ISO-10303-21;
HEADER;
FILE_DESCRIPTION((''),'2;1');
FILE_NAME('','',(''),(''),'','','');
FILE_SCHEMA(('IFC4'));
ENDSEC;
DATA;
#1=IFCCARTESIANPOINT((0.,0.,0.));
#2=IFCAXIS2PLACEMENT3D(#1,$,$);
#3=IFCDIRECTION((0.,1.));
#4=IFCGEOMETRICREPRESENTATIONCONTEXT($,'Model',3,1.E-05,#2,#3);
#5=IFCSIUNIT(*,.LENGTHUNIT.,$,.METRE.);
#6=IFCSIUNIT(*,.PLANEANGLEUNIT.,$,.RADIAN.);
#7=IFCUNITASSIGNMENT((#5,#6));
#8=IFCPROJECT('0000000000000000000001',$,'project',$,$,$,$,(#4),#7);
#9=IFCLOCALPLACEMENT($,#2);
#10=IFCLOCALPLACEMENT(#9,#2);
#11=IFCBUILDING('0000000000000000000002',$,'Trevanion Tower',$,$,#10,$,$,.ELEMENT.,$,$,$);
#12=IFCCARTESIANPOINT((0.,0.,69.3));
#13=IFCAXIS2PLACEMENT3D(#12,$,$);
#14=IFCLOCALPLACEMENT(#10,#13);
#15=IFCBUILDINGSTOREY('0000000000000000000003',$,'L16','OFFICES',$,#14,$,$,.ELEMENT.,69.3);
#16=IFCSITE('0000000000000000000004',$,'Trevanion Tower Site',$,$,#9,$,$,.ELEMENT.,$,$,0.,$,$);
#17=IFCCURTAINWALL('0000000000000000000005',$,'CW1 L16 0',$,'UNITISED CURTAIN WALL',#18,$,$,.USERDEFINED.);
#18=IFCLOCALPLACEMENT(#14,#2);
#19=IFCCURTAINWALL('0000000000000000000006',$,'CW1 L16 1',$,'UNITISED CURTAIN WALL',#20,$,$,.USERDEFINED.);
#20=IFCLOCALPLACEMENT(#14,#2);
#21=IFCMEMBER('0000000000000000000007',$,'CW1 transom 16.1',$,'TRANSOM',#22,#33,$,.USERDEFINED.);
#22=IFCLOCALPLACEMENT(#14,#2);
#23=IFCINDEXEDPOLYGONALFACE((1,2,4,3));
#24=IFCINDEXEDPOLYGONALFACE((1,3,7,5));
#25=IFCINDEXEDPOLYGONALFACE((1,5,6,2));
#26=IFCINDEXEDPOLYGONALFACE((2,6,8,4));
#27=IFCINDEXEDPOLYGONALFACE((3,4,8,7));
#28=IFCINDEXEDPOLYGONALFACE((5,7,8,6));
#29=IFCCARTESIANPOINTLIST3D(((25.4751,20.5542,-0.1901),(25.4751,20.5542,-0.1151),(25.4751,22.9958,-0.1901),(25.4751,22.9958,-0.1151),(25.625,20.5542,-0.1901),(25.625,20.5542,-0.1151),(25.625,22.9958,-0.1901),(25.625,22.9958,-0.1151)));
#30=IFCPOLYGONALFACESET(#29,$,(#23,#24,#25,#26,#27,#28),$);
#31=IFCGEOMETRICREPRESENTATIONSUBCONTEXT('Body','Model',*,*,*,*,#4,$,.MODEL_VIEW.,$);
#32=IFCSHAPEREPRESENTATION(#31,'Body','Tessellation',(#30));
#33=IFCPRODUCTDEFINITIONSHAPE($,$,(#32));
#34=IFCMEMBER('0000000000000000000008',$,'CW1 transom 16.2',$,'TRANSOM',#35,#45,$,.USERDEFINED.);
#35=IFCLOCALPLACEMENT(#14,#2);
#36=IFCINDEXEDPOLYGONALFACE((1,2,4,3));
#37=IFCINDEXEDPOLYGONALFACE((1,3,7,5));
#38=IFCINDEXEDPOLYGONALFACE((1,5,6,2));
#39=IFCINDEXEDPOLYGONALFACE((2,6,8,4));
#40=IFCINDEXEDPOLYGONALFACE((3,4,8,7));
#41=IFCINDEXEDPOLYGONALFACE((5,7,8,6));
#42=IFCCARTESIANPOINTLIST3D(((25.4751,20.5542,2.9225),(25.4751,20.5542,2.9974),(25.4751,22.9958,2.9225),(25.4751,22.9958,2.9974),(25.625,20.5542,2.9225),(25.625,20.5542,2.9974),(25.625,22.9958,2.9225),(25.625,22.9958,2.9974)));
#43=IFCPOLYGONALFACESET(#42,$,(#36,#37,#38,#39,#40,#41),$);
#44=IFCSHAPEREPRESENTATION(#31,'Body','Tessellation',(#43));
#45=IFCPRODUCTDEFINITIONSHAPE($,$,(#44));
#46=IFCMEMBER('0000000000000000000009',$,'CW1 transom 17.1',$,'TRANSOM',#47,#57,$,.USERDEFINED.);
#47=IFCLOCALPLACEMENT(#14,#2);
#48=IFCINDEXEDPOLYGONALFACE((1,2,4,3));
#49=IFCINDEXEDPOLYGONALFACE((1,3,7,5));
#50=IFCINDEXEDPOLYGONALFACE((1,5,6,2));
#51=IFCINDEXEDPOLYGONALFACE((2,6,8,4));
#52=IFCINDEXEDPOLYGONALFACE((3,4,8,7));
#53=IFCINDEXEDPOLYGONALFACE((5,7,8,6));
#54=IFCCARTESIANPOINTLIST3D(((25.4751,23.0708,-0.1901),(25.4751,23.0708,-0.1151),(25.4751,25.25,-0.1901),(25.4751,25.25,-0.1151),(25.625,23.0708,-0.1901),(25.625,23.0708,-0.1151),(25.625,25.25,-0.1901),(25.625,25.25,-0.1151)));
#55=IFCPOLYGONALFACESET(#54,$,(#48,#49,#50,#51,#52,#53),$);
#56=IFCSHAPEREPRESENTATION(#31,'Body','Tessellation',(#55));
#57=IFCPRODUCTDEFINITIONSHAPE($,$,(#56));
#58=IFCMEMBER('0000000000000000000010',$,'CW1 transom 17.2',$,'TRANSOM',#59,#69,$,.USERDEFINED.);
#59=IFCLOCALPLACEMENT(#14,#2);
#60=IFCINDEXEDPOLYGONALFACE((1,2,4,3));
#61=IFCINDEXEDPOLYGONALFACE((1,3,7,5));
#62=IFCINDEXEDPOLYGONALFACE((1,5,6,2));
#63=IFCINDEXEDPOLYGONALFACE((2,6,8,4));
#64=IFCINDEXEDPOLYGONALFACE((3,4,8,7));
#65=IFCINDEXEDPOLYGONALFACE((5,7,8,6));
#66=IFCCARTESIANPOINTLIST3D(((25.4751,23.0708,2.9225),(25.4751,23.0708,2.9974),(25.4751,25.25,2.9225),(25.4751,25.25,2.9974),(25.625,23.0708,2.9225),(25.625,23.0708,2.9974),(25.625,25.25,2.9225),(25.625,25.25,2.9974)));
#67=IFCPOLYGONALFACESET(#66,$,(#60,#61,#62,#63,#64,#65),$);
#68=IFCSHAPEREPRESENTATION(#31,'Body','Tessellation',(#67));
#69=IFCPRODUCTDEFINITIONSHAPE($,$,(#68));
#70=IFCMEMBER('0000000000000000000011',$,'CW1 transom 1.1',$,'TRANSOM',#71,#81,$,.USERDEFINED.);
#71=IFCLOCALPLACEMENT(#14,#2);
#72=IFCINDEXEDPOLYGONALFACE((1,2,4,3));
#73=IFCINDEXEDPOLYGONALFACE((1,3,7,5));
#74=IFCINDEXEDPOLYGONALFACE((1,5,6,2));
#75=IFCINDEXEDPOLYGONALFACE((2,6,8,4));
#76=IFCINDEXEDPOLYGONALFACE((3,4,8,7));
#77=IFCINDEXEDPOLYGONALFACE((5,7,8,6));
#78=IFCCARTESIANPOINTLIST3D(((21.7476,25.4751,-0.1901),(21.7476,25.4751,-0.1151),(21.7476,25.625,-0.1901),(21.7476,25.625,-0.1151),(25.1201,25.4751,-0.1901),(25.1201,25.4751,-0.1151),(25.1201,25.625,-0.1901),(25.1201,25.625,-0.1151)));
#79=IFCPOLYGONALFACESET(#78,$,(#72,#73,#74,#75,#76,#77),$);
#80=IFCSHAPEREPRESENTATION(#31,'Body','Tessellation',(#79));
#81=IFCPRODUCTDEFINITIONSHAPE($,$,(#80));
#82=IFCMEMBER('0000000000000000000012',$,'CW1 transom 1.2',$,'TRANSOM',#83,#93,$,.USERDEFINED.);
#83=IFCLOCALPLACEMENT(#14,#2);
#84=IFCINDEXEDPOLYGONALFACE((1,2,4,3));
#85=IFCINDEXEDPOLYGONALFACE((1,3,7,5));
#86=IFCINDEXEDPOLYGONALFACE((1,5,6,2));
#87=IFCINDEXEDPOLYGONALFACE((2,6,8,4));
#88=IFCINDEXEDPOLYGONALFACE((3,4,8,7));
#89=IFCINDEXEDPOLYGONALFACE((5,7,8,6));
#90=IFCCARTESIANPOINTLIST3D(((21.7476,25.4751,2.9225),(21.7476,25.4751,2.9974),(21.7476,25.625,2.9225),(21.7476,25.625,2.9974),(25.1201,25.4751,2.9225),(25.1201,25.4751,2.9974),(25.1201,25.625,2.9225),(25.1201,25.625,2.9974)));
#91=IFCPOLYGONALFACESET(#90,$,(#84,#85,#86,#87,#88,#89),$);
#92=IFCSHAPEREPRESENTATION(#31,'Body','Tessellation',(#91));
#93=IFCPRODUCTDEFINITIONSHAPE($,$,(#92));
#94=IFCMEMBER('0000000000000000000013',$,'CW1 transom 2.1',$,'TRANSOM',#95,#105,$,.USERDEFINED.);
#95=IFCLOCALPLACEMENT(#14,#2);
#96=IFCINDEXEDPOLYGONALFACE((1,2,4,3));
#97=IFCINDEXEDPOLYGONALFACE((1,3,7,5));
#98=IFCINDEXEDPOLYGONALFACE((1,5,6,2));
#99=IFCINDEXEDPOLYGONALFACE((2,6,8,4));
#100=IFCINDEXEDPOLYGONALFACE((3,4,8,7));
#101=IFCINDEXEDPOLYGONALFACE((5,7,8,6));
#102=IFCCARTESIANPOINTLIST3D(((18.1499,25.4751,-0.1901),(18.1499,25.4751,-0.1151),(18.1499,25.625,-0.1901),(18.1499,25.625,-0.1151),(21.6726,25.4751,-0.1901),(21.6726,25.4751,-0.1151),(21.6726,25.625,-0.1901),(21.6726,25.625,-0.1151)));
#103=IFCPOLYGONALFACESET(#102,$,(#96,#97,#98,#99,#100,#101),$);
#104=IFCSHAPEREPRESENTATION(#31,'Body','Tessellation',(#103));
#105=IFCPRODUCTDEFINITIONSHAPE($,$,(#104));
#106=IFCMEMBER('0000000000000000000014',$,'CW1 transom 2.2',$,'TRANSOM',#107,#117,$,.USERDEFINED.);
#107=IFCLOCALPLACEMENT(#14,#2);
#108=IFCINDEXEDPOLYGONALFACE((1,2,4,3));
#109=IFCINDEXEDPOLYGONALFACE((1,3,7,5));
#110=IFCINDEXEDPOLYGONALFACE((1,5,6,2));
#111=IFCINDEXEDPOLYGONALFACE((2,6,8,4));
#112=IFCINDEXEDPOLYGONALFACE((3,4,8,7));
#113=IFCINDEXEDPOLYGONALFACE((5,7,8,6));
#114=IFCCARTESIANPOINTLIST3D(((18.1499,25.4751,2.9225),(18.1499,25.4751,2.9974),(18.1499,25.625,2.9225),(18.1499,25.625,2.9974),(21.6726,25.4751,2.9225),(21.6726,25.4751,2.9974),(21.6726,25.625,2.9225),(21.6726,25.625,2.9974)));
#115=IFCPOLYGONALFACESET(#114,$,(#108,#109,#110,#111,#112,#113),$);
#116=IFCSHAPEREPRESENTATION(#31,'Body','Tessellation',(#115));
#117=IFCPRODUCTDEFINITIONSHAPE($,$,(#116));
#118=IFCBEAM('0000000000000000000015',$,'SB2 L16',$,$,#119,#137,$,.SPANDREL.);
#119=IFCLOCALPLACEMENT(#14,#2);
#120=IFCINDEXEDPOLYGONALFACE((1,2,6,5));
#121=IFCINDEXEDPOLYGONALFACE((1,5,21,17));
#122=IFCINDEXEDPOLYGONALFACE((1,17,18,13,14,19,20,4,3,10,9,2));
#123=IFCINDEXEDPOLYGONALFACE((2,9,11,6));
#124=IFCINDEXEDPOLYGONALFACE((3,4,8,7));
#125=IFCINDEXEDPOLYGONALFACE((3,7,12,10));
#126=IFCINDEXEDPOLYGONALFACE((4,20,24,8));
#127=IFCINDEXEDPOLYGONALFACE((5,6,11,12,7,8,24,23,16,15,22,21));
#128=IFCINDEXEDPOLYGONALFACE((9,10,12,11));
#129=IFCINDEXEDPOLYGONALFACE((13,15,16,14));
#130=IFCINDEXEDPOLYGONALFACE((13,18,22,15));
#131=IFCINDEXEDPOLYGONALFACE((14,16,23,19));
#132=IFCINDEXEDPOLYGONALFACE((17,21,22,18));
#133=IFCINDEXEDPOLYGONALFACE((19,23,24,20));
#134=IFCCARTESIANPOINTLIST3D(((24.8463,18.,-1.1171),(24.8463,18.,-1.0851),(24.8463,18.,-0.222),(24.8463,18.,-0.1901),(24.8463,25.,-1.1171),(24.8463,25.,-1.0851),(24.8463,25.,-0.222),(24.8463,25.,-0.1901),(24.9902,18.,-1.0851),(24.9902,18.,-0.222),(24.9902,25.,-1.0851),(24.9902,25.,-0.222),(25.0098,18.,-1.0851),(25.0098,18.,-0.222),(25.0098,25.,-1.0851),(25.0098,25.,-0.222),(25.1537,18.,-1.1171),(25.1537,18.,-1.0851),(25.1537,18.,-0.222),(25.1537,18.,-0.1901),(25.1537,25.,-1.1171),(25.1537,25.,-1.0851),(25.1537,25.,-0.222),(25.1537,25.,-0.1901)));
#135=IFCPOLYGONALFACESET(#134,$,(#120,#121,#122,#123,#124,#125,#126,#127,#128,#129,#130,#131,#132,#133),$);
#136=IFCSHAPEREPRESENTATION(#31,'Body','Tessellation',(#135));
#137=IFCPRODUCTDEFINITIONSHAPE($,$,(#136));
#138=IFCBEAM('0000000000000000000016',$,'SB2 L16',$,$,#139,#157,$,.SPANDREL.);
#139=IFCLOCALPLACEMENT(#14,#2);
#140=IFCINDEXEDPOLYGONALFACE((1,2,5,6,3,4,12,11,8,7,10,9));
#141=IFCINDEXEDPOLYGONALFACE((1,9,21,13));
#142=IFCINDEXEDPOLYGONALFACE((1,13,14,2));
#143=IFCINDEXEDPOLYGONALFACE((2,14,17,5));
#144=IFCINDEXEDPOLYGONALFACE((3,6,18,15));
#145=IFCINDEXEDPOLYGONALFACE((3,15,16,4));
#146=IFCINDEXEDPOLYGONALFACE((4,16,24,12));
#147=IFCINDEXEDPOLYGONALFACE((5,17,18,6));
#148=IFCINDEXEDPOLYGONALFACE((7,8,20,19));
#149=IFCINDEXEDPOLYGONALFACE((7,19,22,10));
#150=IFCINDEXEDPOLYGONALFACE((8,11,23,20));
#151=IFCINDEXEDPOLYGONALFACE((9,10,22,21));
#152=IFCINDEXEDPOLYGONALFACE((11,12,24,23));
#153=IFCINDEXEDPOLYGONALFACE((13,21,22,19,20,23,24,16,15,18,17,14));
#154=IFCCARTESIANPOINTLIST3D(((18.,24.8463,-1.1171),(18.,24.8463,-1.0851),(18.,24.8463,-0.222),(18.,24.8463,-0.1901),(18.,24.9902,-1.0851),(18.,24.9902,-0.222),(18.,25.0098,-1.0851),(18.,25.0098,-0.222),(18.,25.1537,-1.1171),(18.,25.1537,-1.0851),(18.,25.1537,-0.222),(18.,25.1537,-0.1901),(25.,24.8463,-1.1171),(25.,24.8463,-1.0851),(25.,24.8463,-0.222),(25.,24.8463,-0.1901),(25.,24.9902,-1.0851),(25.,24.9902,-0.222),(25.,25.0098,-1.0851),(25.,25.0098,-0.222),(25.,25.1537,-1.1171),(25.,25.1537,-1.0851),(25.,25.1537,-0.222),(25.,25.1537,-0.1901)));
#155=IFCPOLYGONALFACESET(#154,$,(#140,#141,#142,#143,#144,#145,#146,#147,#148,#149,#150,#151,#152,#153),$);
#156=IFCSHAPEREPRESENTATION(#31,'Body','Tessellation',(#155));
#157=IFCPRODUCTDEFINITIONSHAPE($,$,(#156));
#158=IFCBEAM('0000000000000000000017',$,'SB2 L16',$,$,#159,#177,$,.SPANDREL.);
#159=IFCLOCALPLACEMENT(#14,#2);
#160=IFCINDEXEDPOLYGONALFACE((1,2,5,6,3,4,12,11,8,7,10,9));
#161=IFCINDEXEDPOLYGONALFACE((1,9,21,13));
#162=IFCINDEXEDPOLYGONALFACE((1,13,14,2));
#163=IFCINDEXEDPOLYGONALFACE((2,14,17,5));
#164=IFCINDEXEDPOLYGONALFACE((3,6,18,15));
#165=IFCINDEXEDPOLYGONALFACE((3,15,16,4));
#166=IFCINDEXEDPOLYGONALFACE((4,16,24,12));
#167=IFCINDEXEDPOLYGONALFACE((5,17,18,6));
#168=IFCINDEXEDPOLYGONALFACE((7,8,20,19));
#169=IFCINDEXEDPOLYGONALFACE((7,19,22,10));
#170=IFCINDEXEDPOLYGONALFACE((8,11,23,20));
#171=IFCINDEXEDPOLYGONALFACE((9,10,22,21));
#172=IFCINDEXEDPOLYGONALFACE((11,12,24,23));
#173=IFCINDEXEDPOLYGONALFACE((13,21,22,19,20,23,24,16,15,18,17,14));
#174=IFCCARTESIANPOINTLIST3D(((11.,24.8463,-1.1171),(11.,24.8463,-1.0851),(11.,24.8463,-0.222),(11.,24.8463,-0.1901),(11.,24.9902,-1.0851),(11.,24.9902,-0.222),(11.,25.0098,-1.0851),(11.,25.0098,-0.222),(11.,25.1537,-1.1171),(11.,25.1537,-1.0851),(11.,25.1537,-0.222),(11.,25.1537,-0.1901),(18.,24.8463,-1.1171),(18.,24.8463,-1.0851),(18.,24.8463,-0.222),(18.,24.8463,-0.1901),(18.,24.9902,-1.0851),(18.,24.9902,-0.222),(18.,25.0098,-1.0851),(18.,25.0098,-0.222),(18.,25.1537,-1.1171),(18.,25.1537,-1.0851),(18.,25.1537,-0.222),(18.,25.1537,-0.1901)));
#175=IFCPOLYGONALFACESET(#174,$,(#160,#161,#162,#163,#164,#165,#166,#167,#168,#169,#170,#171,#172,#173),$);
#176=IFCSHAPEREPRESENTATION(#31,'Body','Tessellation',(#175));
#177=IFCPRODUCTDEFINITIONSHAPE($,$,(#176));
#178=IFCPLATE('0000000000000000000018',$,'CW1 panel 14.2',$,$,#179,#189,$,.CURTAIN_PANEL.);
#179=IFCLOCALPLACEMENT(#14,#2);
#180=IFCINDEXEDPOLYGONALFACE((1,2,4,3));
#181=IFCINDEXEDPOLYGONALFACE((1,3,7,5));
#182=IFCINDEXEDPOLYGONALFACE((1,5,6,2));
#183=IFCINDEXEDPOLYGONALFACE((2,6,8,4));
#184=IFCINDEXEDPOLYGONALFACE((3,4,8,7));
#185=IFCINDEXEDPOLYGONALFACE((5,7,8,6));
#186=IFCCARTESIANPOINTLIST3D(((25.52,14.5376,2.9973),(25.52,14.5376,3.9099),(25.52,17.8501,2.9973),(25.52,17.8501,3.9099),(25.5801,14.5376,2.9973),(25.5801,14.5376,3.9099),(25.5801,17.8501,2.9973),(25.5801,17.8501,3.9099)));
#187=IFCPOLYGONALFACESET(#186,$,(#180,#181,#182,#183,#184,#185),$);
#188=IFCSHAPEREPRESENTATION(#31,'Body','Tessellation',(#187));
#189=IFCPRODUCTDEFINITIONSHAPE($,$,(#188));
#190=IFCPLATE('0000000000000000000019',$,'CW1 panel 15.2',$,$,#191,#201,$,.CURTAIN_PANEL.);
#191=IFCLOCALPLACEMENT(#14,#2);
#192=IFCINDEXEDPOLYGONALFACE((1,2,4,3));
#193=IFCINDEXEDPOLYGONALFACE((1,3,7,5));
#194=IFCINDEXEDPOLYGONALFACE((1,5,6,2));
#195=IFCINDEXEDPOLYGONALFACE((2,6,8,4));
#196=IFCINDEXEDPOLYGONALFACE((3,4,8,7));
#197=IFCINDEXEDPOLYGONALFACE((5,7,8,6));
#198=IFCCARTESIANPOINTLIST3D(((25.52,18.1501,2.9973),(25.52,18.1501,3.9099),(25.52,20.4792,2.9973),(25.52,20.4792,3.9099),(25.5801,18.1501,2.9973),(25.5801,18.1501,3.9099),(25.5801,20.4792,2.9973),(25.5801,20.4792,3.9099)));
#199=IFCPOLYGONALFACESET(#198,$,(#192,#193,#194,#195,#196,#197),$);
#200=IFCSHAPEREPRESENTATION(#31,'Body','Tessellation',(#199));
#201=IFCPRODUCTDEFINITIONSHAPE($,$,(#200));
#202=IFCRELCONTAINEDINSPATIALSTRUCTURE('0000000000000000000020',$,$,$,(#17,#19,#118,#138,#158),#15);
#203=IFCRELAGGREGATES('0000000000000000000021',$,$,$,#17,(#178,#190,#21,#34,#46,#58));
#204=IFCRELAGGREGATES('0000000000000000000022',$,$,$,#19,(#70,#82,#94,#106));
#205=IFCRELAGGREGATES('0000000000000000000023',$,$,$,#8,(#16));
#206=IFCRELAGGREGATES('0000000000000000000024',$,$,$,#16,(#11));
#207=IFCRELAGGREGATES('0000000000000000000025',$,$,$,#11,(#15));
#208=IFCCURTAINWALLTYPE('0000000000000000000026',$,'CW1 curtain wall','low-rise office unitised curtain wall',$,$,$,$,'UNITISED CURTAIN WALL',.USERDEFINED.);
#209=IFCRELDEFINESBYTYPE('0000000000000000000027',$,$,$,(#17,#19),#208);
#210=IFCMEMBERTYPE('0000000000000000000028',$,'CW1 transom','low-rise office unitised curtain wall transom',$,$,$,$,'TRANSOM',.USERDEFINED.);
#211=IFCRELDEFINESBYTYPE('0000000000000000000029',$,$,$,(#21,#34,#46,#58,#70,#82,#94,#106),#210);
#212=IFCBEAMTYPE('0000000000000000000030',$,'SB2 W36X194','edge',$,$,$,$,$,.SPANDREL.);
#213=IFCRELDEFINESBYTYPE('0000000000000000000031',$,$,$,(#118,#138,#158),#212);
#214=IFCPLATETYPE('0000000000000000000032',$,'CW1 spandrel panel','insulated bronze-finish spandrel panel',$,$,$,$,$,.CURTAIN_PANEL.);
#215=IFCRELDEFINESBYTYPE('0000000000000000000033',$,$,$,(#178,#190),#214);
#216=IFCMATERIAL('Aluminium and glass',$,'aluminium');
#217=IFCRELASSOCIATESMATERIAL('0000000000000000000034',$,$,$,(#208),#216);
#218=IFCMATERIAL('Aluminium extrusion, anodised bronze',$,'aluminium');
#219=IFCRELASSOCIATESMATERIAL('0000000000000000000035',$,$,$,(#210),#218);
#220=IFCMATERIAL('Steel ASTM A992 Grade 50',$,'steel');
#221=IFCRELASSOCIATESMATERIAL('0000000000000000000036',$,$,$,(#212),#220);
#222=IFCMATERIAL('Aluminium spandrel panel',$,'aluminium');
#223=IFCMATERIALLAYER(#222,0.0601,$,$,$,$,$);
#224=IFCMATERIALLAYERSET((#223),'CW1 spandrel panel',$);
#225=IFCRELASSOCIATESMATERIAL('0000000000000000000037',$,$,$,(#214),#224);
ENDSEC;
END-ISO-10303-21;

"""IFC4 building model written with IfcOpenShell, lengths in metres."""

from ifc_helpers import new_model, si_unit, direction, frame, origin, origin_2d, place, context, subcontext, project, spatial, rectangle, i_section, extrude, material, layer, layer_set, material_profile, profile_set, type_object, element, aggregate, save


model = new_model("IFC4")

# Units and contexts
model_context = context("Model", 3, precision=1e-05, world=origin(), true_north=direction((0.0, 1.0)))
body_context = subcontext(model_context, "Body", "Model", "MODEL_VIEW")
ifc_project = project(units=[si_unit("LENGTHUNIT", "METRE"), si_unit("PLANEANGLEUNIT", "RADIAN")], contexts=[model_context])

# Site, building, storey
site_placement = place(None, origin())
site = spatial("IfcSite", under=ifc_project, at=site_placement, Name="Trevanion Tower Site", CompositionType="ELEMENT", RefElevation=0.0)
building_placement = place(site_placement, origin())
building = spatial("IfcBuilding", under=site, at=building_placement, Name="Trevanion Tower", CompositionType="ELEMENT")
storey_placement = place(building_placement, frame((0.0, 0.0, 69.3)))
storey = spatial("IfcBuildingStorey", under=building, at=storey_placement, Name="L16", Description="OFFICES", CompositionType="ELEMENT", Elevation=69.3)

# Curtain wall
ifc_material_1 = material(Name="Aluminium and glass", Category="aluminium")
curtain_wall_type = type_object("IfcCurtainWallType", Name="CW1 curtain wall", Description="low-rise office unitised curtain wall", ElementType="UNITISED CURTAIN WALL", PredefinedType="USERDEFINED", material=ifc_material_1)
curtain_wall_1_placement = place(storey_placement, origin())
curtain_wall_1 = element("IfcCurtainWall", 1, at=curtain_wall_1_placement, inside=storey, type_object=curtain_wall_type, Name="CW1 L16 0", ObjectType="UNITISED CURTAIN WALL", PredefinedType="USERDEFINED")

# Curtain wall
curtain_wall_2_placement = place(storey_placement, origin())
curtain_wall_2 = element("IfcCurtainWall", 2, at=curtain_wall_2_placement, inside=storey, type_object=curtain_wall_type, Name="CW1 L16 1", ObjectType="UNITISED CURTAIN WALL", PredefinedType="USERDEFINED")

# Members
ifc_material_2 = material(Name="Aluminium extrusion, anodised bronze", Category="aluminium")
ifc_material_profile_1 = material_profile(ifc_material_2, rectangle(XDim=0.1499, YDim=0.075, at=origin_2d()), Name="CW1 transom")
ifc_profile_set_1 = profile_set([ifc_material_profile_1], Name="Aluminium extrusion, anodised bronze")
member_type_1 = type_object("IfcMemberType", Name="CW1 transom", Description="low-rise office unitised curtain wall transom", ElementType="TRANSOM", PredefinedType="USERDEFINED", material=ifc_profile_set_1)
member_1_placement = place(storey_placement, frame((25.55, 20.5542, -0.1526), z_axis=(0.0, 1.0, 0.0), x_axis=(-1.0, 0.0, 0.0)))
member_1 = element("IfcMember", 3, at=member_1_placement, type_object=member_type_1, Name="CW1 transom 16.1", ObjectType="TRANSOM", PredefinedType="USERDEFINED", context=body_context, shape_type="SweptSolid", body=[
    extrude(rectangle(XDim=0.1499, YDim=0.075, at=origin_2d()), origin(), (0.0, 0.0, 1.0), 2.4417),
])
member_2_placement = place(storey_placement, frame((25.55, 20.5542, 2.96), z_axis=(0.0, 1.0, 0.0), x_axis=(-1.0, 0.0, 0.0)))
member_2 = element("IfcMember", 4, at=member_2_placement, type_object=member_type_1, Name="CW1 transom 16.2", ObjectType="TRANSOM", PredefinedType="USERDEFINED", context=body_context, shape_type="SweptSolid", body=[
    extrude(rectangle(XDim=0.1499, YDim=0.075, at=origin_2d()), origin(), (0.0, 0.0, 1.0), 2.4417),
])
member_3_placement = place(storey_placement, frame((25.55, 23.0708, -0.1526), z_axis=(0.0, 1.0, 0.0), x_axis=(-1.0, 0.0, 0.0)))
member_3 = element("IfcMember", 5, at=member_3_placement, type_object=member_type_1, Name="CW1 transom 17.1", ObjectType="TRANSOM", PredefinedType="USERDEFINED", context=body_context, shape_type="SweptSolid", body=[
    extrude(rectangle(XDim=0.1499, YDim=0.075, at=origin_2d()), origin(), (0.0, 0.0, 1.0), 2.1792),
])
member_4_placement = place(storey_placement, frame((25.55, 23.0708, 2.96), z_axis=(0.0, 1.0, 0.0), x_axis=(-1.0, 0.0, 0.0)))
member_4 = element("IfcMember", 6, at=member_4_placement, type_object=member_type_1, Name="CW1 transom 17.2", ObjectType="TRANSOM", PredefinedType="USERDEFINED", context=body_context, shape_type="SweptSolid", body=[
    extrude(rectangle(XDim=0.1499, YDim=0.075, at=origin_2d()), origin(), (0.0, 0.0, 1.0), 2.1792),
])
member_5_placement = place(storey_placement, frame((25.1201, 25.55, -0.1526), z_axis=(-1.0, 0.0, 0.0), x_axis=(0.0, -1.0, 0.0)))
member_5 = element("IfcMember", 7, at=member_5_placement, type_object=member_type_1, Name="CW1 transom 1.1", ObjectType="TRANSOM", PredefinedType="USERDEFINED", context=body_context, shape_type="SweptSolid", body=[
    extrude(rectangle(XDim=0.1499, YDim=0.075, at=origin_2d()), origin(), (0.0, 0.0, 1.0), 3.3726),
])
member_6_placement = place(storey_placement, frame((25.1201, 25.55, 2.96), z_axis=(-1.0, 0.0, 0.0), x_axis=(0.0, -1.0, 0.0)))
member_6 = element("IfcMember", 8, at=member_6_placement, type_object=member_type_1, Name="CW1 transom 1.2", ObjectType="TRANSOM", PredefinedType="USERDEFINED", context=body_context, shape_type="SweptSolid", body=[
    extrude(rectangle(XDim=0.1499, YDim=0.075, at=origin_2d()), origin(), (0.0, 0.0, 1.0), 3.3726),
])
member_7_placement = place(storey_placement, frame((21.6726, 25.55, -0.1526), z_axis=(-1.0, 0.0, 0.0), x_axis=(0.0, -1.0, 0.0)))
member_7 = element("IfcMember", 9, at=member_7_placement, type_object=member_type_1, Name="CW1 transom 2.1", ObjectType="TRANSOM", PredefinedType="USERDEFINED", context=body_context, shape_type="SweptSolid", body=[
    extrude(rectangle(XDim=0.1499, YDim=0.075, at=origin_2d()), origin(), (0.0, 0.0, 1.0), 3.5227),
])
member_8_placement = place(storey_placement, frame((21.6726, 25.55, 2.96), z_axis=(-1.0, 0.0, 0.0), x_axis=(0.0, -1.0, 0.0)))
member_8 = element("IfcMember", 10, at=member_8_placement, type_object=member_type_1, Name="CW1 transom 2.2", ObjectType="TRANSOM", PredefinedType="USERDEFINED", context=body_context, shape_type="SweptSolid", body=[
    extrude(rectangle(XDim=0.1499, YDim=0.075, at=origin_2d()), origin(), (0.0, 0.0, 1.0), 3.5227),
])

# Beams
ifc_material_3 = material(Name="Steel ASTM A992 Grade 50", Category="steel")
ifc_material_profile_2 = material_profile(ifc_material_3, i_section(OverallWidth=0.3074, OverallDepth=0.927, WebThickness=0.0195, FlangeThickness=0.032, at=origin_2d()), Name="W36X194")
ifc_profile_set_2 = profile_set([ifc_material_profile_2], Name="Steel ASTM A992 Grade 50")
beam_type = type_object("IfcBeamType", Name="SB2 W36X194", Description="edge", PredefinedType="SPANDREL", material=ifc_profile_set_2)
for number, where, z_axis, x_axis, name in (
    (11, (25.0, 18.0, -0.6536), (0.0, 1.0, 0.0), (-1.0, 0.0, 0.0), "SB2 L16"),
    (12, (25.0, 25.0, -0.6536), (-1.0, 0.0, 0.0), (0.0, -1.0, 0.0), "SB2 L16"),
    (13, (18.0, 25.0, -0.6536), (-1.0, 0.0, 0.0), (0.0, -1.0, 0.0), "SB2 L16"),
):
    element("IfcBeam", number, at=place(storey_placement, frame(where, z_axis=z_axis, x_axis=x_axis)), inside=storey, type_object=beam_type, Name=name, PredefinedType="SPANDREL", context=body_context, shape_type="SweptSolid", body=[
        extrude(i_section(OverallWidth=0.3074, OverallDepth=0.927, WebThickness=0.0195, FlangeThickness=0.032, at=origin_2d()), origin(), (0.0, 0.0, 1.0), 7.0),
    ])

# Plates
ifc_material_4 = material(Name="Aluminium spandrel panel", Category="aluminium")
ifc_layer_1 = layer(ifc_material_4, 0.0601)
ifc_layer_set_1 = layer_set([ifc_layer_1], Name="CW1 spandrel panel")
plate_type_1 = type_object("IfcPlateType", Name="CW1 spandrel panel", Description="insulated bronze-finish spandrel panel", PredefinedType="CURTAIN_PANEL", material=ifc_layer_set_1)
plate_1_placement = place(storey_placement, frame((25.55, 16.1938, 2.9973), z_axis=(0.0, 0.0, 1.0), x_axis=(0.0, 1.0, 0.0)))
plate_1 = element("IfcPlate", 14, at=plate_1_placement, type_object=plate_type_1, Name="CW1 panel 14.2", PredefinedType="CURTAIN_PANEL", context=body_context, shape_type="SweptSolid", body=[
    extrude(rectangle(XDim=3.3125, YDim=0.0601, at=origin_2d()), origin(), (0.0, 0.0, 1.0), 0.9126),
])
plate_2_placement = place(storey_placement, frame((25.55, 19.3147, 2.9973), z_axis=(0.0, 0.0, 1.0), x_axis=(0.0, 1.0, 0.0)))
plate_2 = element("IfcPlate", 15, at=plate_2_placement, type_object=plate_type_1, Name="CW1 panel 15.2", PredefinedType="CURTAIN_PANEL", context=body_context, shape_type="SweptSolid", body=[
    extrude(rectangle(XDim=2.3291, YDim=0.0601, at=origin_2d()), origin(), (0.0, 0.0, 1.0), 0.9126),
])
aggregate(curtain_wall_1, [plate_1, plate_2, member_1, member_2, member_3, member_4])
aggregate(curtain_wall_2, [member_5, member_6, member_7, member_8])

save(model, "model.ifc")
